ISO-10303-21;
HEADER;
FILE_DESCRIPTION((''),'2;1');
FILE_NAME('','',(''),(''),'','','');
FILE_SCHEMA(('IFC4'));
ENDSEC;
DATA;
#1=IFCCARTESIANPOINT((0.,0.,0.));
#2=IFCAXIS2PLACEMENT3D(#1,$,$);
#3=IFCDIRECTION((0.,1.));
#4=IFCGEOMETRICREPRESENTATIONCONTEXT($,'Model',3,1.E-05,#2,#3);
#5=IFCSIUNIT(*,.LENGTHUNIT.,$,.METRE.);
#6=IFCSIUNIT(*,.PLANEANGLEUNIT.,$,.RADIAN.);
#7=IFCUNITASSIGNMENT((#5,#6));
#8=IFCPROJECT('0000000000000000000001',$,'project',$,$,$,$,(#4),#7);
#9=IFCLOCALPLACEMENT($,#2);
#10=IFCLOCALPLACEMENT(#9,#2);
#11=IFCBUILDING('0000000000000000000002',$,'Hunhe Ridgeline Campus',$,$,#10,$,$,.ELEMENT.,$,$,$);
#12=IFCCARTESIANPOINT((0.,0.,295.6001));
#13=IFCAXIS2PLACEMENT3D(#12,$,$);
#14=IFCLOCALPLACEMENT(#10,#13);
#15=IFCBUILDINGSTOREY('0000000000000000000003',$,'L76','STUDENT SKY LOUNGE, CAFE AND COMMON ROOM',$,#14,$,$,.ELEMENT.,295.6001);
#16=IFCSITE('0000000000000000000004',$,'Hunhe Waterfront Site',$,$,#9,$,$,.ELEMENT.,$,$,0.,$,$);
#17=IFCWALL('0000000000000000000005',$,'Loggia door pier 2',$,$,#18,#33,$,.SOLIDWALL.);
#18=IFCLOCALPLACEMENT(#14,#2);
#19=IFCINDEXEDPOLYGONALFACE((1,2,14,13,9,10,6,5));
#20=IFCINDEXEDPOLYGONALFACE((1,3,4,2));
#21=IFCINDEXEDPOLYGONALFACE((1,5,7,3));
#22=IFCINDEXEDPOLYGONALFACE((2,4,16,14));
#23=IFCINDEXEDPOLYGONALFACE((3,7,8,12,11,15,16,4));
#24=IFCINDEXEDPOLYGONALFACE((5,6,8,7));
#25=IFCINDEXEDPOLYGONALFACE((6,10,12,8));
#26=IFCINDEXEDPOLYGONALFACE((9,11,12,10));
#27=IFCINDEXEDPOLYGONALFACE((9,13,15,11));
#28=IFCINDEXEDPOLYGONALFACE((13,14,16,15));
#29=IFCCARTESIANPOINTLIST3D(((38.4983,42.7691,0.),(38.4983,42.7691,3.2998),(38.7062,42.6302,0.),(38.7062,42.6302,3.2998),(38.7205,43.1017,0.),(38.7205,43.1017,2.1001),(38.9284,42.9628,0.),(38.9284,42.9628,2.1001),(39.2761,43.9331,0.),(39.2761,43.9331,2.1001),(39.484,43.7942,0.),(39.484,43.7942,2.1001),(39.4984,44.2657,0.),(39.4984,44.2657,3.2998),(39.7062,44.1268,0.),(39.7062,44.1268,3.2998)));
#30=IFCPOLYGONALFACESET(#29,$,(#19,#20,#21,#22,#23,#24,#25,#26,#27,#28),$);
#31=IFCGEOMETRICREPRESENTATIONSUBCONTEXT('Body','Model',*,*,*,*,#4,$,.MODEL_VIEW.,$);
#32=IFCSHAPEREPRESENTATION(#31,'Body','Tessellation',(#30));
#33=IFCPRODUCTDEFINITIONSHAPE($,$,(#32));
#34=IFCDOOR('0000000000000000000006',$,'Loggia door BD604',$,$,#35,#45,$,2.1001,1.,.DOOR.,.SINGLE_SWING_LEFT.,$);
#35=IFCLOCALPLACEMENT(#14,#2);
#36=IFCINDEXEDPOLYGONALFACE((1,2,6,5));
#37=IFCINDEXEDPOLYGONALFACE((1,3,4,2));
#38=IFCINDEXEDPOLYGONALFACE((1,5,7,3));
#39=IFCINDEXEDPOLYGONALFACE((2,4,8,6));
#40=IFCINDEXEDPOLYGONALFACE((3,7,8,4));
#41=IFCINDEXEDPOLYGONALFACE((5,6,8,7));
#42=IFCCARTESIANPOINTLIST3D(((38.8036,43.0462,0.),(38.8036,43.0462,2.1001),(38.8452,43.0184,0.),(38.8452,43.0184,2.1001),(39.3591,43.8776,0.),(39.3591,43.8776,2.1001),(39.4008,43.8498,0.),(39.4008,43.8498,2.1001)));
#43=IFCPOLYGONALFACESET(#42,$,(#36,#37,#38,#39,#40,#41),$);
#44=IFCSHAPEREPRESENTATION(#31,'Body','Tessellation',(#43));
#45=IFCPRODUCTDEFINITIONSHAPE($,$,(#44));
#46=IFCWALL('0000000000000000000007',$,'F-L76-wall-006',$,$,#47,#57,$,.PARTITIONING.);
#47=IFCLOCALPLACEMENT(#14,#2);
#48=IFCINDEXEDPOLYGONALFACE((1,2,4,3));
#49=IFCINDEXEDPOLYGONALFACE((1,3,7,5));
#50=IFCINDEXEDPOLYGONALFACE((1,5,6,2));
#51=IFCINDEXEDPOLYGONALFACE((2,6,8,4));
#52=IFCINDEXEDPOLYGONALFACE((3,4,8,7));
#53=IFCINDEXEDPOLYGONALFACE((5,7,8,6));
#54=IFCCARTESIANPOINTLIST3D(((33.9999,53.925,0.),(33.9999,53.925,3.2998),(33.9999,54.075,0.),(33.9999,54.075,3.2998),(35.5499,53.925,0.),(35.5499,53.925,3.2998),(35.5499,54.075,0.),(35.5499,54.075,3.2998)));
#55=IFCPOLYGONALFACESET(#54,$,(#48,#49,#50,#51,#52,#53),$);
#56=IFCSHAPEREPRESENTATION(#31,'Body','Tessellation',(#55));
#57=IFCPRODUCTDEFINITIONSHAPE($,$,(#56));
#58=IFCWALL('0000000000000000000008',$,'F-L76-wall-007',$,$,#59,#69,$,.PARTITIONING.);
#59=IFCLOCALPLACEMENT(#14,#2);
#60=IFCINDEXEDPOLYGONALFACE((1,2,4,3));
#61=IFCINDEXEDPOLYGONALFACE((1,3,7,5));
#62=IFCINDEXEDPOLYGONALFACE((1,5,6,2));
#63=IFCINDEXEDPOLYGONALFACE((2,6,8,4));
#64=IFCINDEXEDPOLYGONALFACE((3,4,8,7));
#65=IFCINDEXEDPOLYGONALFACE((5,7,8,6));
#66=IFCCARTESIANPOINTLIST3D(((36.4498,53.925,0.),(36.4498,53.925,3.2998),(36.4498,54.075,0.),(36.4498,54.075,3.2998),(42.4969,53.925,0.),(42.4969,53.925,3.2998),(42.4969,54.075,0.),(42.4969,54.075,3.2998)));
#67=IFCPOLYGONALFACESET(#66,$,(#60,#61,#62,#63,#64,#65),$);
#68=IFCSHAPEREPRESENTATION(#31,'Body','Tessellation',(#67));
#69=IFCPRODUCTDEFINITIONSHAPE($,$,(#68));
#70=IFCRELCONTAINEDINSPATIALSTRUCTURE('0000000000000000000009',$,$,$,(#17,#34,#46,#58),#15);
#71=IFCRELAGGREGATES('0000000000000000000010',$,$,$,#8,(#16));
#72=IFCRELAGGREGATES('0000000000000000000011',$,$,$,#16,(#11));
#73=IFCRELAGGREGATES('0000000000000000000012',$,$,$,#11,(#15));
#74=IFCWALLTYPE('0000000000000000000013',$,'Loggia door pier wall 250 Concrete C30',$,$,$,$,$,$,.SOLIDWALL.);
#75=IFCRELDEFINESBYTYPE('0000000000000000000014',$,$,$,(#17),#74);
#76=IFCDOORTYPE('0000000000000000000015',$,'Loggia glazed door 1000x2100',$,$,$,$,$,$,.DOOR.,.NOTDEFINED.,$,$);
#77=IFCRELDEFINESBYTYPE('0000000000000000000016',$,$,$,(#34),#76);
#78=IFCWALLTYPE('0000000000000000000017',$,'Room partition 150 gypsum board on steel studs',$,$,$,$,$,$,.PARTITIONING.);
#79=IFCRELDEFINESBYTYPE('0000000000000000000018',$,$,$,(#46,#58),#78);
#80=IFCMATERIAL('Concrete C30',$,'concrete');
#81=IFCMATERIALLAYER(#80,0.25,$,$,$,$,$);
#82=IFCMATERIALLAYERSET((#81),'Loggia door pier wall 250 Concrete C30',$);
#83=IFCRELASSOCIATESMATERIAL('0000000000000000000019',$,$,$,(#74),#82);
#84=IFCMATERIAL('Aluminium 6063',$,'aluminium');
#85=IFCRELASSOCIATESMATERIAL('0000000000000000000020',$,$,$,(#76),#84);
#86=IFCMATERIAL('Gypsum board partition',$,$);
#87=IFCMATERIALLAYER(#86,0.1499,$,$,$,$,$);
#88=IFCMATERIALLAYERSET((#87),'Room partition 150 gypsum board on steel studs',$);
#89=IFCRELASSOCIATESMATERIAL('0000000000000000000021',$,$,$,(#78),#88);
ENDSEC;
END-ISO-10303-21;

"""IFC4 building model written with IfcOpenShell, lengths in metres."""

from ifc_helpers import new_model, si_unit, direction, frame, frame_2d, origin, place, context, subcontext, project, spatial, rectangle, extrude, material, layer, layer_set, type_object, element, fill, save


model = new_model("IFC4")

# Units and contexts
model_context = context("Model", 3, precision=1e-05, world=origin(), true_north=direction((0.0, 1.0)))
body_context = subcontext(model_context, "Body", "Model", "MODEL_VIEW")
ifc_project = project(units=[si_unit("LENGTHUNIT", "METRE"), si_unit("PLANEANGLEUNIT", "RADIAN")], contexts=[model_context])

# Site, building, storey
site_placement = place(None, origin())
site = spatial("IfcSite", under=ifc_project, at=site_placement, Name="Hunhe Waterfront Site", CompositionType="ELEMENT", RefElevation=0.0)
building_placement = place(site_placement, origin())
building = spatial("IfcBuilding", under=site, at=building_placement, Name="Hunhe Ridgeline Campus", CompositionType="ELEMENT")
storey_placement = place(building_placement, frame((0.0, 0.0, 295.6001)))
storey = spatial("IfcBuildingStorey", under=building, at=storey_placement, Name="L76", Description="STUDENT SKY LOUNGE, CAFE AND COMMON ROOM", CompositionType="ELEMENT", Elevation=295.6001)

# Shared definitions
ifc_material_1 = material(Name="Aluminium 6063", Category="aluminium")

# Shared definitions
ifc_material_2 = material(Name="Concrete C30", Category="concrete")

# Wall, opening, door
ifc_layer_1 = layer(ifc_material_2, 0.25)
ifc_layer_set_1 = layer_set([ifc_layer_1], Name="Loggia door pier wall 250 Concrete C30")
wall_type_1 = type_object("IfcWallType", Name="Loggia door pier wall 250 Concrete C30", PredefinedType="SOLIDWALL", material=ifc_layer_set_1)
wall_1_placement = place(storey_placement, frame((38.6023, 42.6997, 0.0), z_axis=(0.0, 0.0, 1.0), x_axis=(0.555576, 0.831466, 0.0)))
wall_1 = element("IfcWall", 1, at=wall_1_placement, inside=storey, type_object=wall_type_1, Name="Loggia door pier 2", PredefinedType="SOLIDWALL", context=body_context, shape_type="SweptSolid", body=[
    extrude(rectangle(XDim=1.8, YDim=0.25, at=frame_2d((0.8999, 0.0))), origin(), (0.0, 0.0, 1.0), 3.2998),
])
opening_placement = place(wall_1_placement, frame((0.3999, 0.0, 0.0)))
opening = element("IfcOpeningElement", 2, at=opening_placement, cuts=wall_1, PredefinedType="OPENING", context=body_context, shape_type="SweptSolid", body=[
    extrude(rectangle(XDim=1.0, YDim=2.1001, at=frame_2d((0.5, 1.05))), frame((0.0, 0.125, 0.0), z_axis=(0.0, -1.0, 0.0), x_axis=(1.0, 0.0, 0.0)), (0.0, 0.0, 1.0), 0.25),
])
door_type = type_object("IfcDoorType", Name="Loggia glazed door 1000x2100", OperationType="NOTDEFINED", PredefinedType="DOOR", material=ifc_material_1)
door_placement = place(opening_placement, frame((1.0, 0.0, 0.0), z_axis=(0.0, 0.0, 1.0), x_axis=(-1.0, 0.0, 0.0)))
door = element("IfcDoor", 3, at=door_placement, inside=storey, type_object=door_type, Name="Loggia door BD604", OperationType="SINGLE_SWING_LEFT", OverallHeight=2.1001, OverallWidth=1.0, PredefinedType="DOOR", context=body_context, shape_type="SweptSolid", body=[
    extrude(rectangle(XDim=1.0, YDim=2.1001, at=frame_2d((0.5, 1.05))), frame((0.0, 0.0249, 0.0), z_axis=(0.0, -1.0, 0.0), x_axis=(1.0, 0.0, 0.0)), (0.0, 0.0, 1.0), 0.05),
])
fill(opening, door)

# Walls
ifc_material_3 = material(Name="Gypsum board partition")
ifc_layer_2 = layer(ifc_material_3, 0.1499)
ifc_layer_set_2 = layer_set([ifc_layer_2], Name="Room partition 150 gypsum board on steel studs")
wall_type_2 = type_object("IfcWallType", Name="Room partition 150 gypsum board on steel studs", PredefinedType="PARTITIONING", material=ifc_layer_set_2)
wall_2_placement = place(storey_placement, frame((34.0, 54.0, 0.0), z_axis=(0.0, 0.0, 1.0), x_axis=(1.0, 0.0, 0.0)))
element("IfcWall", 4, at=wall_2_placement, inside=storey, type_object=wall_type_2, Name="F-L76-wall-006", PredefinedType="PARTITIONING", context=body_context, shape_type="SweptSolid", body=[
    extrude(rectangle(XDim=1.55, YDim=0.1499, at=frame_2d((0.7749, 0.0))), origin(), (0.0, 0.0, 1.0), 3.2998),
])
wall_3_placement = place(storey_placement, frame((36.45, 54.0, 0.0), z_axis=(0.0, 0.0, 1.0), x_axis=(1.0, 0.0, 0.0)))
element("IfcWall", 5, at=wall_3_placement, inside=storey, type_object=wall_type_2, Name="F-L76-wall-007", PredefinedType="PARTITIONING", context=body_context, shape_type="SweptSolid", body=[
    extrude(rectangle(XDim=6.0471, YDim=0.1499, at=frame_2d((3.0234, 0.0))), origin(), (0.0, 0.0, 1.0), 3.2998),
])

save(model, "model.ifc")
